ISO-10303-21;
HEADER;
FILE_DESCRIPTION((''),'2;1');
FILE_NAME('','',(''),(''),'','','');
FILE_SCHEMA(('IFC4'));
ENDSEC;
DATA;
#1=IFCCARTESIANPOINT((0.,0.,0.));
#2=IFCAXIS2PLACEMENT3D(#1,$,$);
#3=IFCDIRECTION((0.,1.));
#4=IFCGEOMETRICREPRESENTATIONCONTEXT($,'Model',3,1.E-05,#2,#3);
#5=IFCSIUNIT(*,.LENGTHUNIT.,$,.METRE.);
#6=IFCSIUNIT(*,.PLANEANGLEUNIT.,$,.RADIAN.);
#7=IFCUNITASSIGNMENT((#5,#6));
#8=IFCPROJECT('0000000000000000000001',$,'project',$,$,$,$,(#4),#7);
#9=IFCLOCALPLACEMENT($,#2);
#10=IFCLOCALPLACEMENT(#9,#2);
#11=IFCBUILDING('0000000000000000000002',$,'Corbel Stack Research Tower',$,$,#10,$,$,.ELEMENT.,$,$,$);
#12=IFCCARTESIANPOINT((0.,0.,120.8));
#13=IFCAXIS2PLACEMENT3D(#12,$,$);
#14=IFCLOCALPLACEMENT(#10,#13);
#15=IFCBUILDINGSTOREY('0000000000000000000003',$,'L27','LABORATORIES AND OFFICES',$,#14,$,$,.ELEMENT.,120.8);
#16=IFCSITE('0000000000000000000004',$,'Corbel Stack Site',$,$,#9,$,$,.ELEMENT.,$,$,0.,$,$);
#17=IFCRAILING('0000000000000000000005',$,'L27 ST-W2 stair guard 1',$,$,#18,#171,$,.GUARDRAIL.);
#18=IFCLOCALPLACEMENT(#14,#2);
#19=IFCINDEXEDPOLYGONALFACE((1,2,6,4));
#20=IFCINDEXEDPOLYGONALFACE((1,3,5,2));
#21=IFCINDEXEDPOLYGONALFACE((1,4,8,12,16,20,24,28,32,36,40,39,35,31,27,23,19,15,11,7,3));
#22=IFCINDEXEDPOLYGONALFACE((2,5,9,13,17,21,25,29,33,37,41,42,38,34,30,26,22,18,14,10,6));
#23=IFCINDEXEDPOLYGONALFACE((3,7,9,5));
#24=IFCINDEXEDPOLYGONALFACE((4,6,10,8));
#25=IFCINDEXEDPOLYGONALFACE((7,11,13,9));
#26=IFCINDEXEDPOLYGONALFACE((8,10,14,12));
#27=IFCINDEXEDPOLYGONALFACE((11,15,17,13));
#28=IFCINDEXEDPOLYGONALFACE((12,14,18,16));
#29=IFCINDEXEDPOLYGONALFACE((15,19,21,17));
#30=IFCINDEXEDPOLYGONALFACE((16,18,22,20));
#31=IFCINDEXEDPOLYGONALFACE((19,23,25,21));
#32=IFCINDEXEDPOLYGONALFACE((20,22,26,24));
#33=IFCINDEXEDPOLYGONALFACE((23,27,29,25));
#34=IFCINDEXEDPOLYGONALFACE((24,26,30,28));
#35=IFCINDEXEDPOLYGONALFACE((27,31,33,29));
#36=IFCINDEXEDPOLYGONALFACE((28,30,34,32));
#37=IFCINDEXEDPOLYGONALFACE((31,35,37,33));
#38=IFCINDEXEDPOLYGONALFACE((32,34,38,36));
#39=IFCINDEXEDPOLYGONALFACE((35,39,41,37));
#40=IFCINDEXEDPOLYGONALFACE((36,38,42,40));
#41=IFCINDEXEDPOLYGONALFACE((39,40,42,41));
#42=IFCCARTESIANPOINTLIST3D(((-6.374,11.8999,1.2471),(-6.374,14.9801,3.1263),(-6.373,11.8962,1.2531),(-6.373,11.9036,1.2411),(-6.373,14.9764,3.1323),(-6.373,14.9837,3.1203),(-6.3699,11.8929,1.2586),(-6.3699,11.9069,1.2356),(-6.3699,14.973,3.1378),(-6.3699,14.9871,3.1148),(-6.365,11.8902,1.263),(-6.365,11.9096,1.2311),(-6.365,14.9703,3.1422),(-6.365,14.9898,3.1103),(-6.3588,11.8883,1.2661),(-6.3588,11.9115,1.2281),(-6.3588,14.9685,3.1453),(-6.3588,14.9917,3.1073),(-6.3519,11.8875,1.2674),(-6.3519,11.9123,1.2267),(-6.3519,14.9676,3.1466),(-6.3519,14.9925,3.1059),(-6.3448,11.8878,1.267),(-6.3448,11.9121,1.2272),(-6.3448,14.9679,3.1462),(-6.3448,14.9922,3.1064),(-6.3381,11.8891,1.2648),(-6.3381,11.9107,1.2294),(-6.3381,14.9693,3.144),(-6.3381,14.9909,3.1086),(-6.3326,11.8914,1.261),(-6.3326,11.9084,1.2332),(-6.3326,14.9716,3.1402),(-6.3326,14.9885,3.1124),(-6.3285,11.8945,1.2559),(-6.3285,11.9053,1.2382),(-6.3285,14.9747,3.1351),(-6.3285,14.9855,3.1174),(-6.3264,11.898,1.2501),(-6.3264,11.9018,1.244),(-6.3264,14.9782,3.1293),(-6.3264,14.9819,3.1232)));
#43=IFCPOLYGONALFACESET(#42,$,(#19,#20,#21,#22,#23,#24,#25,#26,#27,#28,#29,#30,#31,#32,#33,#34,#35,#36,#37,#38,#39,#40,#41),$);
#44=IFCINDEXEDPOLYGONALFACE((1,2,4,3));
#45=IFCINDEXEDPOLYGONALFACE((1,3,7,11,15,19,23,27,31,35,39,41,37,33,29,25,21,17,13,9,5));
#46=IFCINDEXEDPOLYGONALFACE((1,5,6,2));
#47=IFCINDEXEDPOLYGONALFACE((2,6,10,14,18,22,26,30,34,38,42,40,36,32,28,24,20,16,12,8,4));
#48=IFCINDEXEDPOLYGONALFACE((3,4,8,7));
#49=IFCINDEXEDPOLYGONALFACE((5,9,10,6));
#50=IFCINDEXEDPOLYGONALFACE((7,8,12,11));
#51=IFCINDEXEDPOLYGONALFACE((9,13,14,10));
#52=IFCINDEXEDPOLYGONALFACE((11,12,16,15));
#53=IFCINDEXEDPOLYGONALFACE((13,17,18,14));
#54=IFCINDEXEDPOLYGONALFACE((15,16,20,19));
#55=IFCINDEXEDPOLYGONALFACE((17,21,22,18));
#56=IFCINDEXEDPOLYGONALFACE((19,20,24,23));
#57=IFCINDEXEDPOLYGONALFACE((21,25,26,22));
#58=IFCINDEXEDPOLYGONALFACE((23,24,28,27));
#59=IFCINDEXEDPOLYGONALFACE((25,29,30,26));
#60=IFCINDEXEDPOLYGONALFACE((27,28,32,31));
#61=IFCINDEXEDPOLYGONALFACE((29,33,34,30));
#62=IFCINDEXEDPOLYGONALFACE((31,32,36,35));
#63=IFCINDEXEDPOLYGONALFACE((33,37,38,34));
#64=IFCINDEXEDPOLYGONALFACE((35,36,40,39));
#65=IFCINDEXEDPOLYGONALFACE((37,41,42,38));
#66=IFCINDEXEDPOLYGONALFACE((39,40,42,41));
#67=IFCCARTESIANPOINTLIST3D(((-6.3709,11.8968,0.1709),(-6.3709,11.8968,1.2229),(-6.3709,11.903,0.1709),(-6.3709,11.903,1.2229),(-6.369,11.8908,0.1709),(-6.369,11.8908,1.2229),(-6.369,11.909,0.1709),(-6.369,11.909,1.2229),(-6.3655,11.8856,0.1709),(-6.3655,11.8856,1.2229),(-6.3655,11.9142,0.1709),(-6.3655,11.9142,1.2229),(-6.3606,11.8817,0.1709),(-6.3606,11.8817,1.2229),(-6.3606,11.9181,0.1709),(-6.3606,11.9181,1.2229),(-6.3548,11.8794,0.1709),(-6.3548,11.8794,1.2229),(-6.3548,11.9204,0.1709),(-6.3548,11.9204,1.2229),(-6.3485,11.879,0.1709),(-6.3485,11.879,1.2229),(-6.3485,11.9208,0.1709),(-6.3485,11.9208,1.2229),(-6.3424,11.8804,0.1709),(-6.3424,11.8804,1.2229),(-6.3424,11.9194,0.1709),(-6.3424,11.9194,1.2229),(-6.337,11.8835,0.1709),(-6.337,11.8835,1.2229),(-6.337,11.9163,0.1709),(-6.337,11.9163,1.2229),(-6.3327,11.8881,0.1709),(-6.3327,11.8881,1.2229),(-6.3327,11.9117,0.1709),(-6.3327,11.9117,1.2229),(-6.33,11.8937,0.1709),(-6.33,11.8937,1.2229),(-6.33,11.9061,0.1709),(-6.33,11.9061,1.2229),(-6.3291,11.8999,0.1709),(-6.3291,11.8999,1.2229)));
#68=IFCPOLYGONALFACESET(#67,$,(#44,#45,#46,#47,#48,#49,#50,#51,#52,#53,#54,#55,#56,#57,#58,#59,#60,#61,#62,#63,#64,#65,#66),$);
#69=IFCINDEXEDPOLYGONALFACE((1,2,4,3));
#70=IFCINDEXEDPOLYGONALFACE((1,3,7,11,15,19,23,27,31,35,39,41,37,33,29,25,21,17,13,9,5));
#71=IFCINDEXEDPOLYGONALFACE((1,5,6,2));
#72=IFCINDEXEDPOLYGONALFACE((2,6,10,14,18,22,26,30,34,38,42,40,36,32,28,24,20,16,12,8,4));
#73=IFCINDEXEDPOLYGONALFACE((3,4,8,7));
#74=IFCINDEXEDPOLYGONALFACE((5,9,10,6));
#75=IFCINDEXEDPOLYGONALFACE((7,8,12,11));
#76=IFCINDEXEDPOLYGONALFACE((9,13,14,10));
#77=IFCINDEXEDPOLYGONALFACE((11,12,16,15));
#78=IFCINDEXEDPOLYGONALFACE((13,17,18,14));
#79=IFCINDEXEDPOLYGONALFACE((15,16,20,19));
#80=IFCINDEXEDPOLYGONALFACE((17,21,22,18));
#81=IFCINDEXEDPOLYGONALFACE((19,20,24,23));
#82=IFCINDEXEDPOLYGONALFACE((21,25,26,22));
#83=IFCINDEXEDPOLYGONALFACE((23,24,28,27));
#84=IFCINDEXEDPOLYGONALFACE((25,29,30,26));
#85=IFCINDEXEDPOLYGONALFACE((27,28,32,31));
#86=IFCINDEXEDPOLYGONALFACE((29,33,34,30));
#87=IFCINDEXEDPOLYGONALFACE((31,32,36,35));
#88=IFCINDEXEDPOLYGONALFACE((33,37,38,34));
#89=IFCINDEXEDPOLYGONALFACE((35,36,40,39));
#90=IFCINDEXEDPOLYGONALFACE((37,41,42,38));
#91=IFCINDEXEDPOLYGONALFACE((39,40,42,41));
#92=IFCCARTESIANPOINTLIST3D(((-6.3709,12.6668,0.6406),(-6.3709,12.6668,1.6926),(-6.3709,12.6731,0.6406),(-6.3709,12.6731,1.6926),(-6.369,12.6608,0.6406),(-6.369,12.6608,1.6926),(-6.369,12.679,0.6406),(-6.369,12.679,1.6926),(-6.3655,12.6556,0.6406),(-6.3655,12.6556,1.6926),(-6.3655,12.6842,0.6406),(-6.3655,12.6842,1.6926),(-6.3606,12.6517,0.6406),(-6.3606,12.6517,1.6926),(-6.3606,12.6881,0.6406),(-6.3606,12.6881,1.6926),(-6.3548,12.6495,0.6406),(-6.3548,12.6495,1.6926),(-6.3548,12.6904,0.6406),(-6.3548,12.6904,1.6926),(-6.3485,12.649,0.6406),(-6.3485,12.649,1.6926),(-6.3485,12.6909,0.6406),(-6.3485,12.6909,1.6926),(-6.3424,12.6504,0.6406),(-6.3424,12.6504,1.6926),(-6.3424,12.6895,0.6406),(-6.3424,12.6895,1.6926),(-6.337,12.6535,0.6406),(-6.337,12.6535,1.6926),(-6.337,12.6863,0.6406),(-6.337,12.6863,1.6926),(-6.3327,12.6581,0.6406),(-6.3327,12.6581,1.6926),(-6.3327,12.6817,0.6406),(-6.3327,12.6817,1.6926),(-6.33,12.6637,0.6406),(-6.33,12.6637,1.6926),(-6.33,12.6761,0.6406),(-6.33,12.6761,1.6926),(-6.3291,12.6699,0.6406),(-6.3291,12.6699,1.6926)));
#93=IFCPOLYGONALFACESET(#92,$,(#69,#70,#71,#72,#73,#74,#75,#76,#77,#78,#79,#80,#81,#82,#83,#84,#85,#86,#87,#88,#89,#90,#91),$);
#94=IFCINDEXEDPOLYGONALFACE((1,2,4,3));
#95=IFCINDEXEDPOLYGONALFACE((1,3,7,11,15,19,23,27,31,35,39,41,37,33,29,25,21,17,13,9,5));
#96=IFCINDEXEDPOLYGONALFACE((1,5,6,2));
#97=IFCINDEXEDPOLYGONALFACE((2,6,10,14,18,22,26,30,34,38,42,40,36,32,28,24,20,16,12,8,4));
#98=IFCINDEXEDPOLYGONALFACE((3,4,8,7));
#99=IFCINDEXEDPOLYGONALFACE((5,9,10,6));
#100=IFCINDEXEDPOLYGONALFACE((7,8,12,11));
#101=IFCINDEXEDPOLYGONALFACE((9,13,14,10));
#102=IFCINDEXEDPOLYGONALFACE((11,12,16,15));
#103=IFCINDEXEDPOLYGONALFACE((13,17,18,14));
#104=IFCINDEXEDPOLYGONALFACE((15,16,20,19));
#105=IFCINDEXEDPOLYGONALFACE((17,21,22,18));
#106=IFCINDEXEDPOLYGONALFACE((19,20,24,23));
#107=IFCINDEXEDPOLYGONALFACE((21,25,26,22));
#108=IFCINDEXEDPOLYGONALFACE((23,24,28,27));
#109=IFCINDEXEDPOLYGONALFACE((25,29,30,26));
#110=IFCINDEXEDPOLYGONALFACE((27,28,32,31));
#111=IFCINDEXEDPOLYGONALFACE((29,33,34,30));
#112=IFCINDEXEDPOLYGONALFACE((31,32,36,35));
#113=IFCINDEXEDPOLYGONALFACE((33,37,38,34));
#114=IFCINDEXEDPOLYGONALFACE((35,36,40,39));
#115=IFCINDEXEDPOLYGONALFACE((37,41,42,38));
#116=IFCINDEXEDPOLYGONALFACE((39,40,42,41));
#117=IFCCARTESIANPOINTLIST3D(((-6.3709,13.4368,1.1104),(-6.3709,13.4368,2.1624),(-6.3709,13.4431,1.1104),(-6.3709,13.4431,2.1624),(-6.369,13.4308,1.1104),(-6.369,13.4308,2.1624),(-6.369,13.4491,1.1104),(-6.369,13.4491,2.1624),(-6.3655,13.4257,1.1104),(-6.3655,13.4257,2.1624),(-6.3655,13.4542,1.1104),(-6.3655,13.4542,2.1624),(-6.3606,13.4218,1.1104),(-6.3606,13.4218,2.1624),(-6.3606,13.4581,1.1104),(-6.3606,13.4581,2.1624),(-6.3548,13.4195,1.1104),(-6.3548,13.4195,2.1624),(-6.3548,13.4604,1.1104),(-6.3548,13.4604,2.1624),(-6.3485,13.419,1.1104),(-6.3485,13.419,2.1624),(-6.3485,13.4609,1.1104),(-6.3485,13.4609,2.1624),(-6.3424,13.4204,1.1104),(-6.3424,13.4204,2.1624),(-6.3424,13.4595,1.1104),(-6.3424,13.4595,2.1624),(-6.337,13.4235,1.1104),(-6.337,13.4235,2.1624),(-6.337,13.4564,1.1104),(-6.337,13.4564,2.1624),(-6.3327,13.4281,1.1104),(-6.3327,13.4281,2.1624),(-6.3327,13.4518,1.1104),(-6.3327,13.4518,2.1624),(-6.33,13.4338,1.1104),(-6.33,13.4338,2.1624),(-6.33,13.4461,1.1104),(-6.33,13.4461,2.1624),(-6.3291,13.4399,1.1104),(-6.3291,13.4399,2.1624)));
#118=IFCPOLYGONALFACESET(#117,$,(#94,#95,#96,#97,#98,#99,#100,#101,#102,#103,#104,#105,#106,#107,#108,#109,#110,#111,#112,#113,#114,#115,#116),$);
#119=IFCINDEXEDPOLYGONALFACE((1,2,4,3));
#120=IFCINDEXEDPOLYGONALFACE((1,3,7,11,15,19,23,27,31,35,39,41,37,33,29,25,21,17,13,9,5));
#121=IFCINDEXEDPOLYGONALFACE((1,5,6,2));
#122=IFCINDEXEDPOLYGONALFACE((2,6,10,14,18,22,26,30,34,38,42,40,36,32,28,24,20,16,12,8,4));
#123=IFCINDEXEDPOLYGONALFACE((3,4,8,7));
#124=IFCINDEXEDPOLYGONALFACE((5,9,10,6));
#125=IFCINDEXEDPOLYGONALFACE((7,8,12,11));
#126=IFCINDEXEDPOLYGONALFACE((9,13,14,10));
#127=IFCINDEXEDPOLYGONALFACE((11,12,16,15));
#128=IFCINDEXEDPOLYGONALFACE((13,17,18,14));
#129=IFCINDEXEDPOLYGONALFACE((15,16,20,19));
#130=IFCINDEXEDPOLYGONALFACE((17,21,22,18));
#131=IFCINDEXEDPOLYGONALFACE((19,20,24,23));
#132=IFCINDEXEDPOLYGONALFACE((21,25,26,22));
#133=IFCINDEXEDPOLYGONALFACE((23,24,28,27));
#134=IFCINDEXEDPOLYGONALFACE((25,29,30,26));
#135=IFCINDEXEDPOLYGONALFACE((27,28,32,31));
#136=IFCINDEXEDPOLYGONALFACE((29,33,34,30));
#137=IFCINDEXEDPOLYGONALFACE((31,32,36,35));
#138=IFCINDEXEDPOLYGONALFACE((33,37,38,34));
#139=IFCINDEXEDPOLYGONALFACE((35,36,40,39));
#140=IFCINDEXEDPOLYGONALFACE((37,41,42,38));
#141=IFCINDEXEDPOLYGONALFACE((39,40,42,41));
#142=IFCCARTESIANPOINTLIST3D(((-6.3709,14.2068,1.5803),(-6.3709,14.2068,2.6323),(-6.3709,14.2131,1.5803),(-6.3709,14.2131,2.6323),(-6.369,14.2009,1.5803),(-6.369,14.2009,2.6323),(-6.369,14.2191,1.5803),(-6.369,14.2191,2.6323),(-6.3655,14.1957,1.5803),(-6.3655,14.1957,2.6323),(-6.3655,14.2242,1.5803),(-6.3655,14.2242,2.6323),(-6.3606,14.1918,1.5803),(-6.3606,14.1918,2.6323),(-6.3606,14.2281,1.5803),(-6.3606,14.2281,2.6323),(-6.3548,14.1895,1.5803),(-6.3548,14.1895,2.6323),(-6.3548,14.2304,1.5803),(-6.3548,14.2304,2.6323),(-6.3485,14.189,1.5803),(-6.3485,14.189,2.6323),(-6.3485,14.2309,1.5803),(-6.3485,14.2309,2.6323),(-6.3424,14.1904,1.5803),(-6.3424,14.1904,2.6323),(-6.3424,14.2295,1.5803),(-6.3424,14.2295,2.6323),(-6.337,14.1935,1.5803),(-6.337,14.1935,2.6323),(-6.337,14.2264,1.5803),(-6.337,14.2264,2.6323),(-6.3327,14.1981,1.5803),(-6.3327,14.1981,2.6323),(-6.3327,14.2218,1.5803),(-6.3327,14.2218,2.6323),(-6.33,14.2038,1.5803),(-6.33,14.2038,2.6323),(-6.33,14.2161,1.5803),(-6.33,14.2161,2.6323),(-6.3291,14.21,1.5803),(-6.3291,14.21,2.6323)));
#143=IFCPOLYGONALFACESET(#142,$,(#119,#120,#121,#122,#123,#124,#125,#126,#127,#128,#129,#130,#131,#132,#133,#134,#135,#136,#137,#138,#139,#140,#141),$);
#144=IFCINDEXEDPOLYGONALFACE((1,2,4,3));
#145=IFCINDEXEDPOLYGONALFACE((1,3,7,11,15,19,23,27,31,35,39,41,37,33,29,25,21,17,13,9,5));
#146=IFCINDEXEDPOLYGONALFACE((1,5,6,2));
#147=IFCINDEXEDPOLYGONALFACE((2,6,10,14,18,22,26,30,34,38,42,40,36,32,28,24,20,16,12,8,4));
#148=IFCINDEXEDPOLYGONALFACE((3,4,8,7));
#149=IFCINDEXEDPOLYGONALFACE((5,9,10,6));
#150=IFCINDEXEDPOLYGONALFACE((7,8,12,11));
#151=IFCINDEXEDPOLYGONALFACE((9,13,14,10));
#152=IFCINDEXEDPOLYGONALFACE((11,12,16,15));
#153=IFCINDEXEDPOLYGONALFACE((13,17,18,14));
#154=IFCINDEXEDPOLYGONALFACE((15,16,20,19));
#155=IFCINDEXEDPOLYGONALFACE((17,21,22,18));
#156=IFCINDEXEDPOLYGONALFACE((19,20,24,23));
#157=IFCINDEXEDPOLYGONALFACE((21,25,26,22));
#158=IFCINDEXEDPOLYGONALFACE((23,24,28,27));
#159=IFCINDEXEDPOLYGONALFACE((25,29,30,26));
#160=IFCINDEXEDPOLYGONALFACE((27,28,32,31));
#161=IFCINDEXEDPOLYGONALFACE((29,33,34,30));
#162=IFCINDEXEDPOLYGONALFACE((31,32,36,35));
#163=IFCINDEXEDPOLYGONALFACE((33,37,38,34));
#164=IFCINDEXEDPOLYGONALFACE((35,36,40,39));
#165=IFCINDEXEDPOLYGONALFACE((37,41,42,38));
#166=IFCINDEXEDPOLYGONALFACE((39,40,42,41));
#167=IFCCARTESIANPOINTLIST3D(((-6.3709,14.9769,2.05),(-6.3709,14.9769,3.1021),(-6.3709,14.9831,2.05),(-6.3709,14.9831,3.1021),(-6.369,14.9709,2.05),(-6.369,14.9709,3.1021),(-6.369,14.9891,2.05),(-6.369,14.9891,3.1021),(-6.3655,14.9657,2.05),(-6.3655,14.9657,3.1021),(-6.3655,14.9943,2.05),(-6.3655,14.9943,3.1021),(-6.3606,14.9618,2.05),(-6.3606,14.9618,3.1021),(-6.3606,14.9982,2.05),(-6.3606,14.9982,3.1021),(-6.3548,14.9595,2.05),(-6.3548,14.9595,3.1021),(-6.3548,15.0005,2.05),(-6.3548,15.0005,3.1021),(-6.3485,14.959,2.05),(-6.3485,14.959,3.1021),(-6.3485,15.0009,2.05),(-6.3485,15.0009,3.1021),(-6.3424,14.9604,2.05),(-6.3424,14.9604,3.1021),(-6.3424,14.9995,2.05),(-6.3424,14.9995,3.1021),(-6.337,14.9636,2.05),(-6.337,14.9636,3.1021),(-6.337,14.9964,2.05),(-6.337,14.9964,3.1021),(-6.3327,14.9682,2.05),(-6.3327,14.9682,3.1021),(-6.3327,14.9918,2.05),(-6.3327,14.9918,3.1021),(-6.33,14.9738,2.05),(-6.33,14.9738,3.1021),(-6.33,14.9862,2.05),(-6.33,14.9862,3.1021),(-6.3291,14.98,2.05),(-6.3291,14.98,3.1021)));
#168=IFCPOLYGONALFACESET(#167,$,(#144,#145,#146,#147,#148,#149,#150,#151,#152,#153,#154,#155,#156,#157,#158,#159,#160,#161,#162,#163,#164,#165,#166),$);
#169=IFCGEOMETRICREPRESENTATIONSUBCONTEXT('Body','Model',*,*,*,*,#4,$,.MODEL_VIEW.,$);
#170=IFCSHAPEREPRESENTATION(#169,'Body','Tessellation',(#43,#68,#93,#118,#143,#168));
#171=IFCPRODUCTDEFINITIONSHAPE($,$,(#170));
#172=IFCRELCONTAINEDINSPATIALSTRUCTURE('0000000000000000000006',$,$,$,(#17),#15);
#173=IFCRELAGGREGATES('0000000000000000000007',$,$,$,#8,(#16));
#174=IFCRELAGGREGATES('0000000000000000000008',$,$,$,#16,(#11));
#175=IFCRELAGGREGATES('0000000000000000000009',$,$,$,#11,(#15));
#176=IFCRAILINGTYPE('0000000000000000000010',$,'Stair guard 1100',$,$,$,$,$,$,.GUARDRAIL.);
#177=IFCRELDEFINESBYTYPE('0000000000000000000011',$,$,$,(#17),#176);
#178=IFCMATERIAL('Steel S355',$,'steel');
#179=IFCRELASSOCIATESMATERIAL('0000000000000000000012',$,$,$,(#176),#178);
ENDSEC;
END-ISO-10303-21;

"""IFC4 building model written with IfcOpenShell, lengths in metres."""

from ifc_helpers import new_model, si_unit, direction, frame, origin, origin_2d, place, context, subcontext, project, spatial, circle, extrude, material, type_object, element, save


model = new_model("IFC4")

# Units and contexts
model_context = context("Model", 3, precision=1e-05, world=origin(), true_north=direction((0.0, 1.0)))
body_context = subcontext(model_context, "Body", "Model", "MODEL_VIEW")
ifc_project = project(units=[si_unit("LENGTHUNIT", "METRE"), si_unit("PLANEANGLEUNIT", "RADIAN")], contexts=[model_context])

# Site, building, storey
site_placement = place(None, origin())
site = spatial("IfcSite", under=ifc_project, at=site_placement, Name="Corbel Stack Site", CompositionType="ELEMENT", RefElevation=0.0)
building_placement = place(site_placement, origin())
building = spatial("IfcBuilding", under=site, at=building_placement, Name="Corbel Stack Research Tower", CompositionType="ELEMENT")
storey_placement = place(building_placement, frame((0.0, 0.0, 120.8)))
storey = spatial("IfcBuildingStorey", under=building, at=storey_placement, Name="L27", Description="LABORATORIES AND OFFICES", CompositionType="ELEMENT", Elevation=120.8)

# Railing
ifc_material_1 = material(Name="Steel S355", Category="steel")
railing_type_1 = type_object("IfcRailingType", Name="Stair guard 1100", PredefinedType="GUARDRAIL", material=ifc_material_1)
railing_1_placement = place(storey_placement, frame((-6.3501, 11.8999, 0.1709)))
element("IfcRailing", 1, at=railing_1_placement, inside=storey, type_object=railing_type_1, Name="L27 ST-W2 stair guard 1", PredefinedType="GUARDRAIL", context=body_context, shape_type="SweptSolid", body=[
    extrude(circle(Radius=0.0239, at=origin_2d()), frame((0.0, 0.0, 1.0762), z_axis=(0.0, 0.853666, 0.52082), x_axis=(-1.0, 0.0, 0.0)), (0.0, 0.0, 1.0), 3.6082),
    extrude(circle(Radius=0.021, at=origin_2d()), origin(), (0.0, 0.0, 1.0), 1.052),
    extrude(circle(Radius=0.021, at=origin_2d()), frame((0.0, 0.77, 0.4697)), (0.0, 0.0, 1.0), 1.052),
    extrude(circle(Radius=0.021, at=origin_2d()), frame((0.0, 1.54, 0.9395)), (0.0, 0.0, 1.0), 1.052),
    extrude(circle(Radius=0.021, at=origin_2d()), frame((0.0, 2.3101, 1.4094)), (0.0, 0.0, 1.0), 1.052),
    extrude(circle(Radius=0.021, at=origin_2d()), frame((0.0, 3.0801, 1.8792)), (0.0, 0.0, 1.0), 1.052),
])

save(model, "model.ifc")
